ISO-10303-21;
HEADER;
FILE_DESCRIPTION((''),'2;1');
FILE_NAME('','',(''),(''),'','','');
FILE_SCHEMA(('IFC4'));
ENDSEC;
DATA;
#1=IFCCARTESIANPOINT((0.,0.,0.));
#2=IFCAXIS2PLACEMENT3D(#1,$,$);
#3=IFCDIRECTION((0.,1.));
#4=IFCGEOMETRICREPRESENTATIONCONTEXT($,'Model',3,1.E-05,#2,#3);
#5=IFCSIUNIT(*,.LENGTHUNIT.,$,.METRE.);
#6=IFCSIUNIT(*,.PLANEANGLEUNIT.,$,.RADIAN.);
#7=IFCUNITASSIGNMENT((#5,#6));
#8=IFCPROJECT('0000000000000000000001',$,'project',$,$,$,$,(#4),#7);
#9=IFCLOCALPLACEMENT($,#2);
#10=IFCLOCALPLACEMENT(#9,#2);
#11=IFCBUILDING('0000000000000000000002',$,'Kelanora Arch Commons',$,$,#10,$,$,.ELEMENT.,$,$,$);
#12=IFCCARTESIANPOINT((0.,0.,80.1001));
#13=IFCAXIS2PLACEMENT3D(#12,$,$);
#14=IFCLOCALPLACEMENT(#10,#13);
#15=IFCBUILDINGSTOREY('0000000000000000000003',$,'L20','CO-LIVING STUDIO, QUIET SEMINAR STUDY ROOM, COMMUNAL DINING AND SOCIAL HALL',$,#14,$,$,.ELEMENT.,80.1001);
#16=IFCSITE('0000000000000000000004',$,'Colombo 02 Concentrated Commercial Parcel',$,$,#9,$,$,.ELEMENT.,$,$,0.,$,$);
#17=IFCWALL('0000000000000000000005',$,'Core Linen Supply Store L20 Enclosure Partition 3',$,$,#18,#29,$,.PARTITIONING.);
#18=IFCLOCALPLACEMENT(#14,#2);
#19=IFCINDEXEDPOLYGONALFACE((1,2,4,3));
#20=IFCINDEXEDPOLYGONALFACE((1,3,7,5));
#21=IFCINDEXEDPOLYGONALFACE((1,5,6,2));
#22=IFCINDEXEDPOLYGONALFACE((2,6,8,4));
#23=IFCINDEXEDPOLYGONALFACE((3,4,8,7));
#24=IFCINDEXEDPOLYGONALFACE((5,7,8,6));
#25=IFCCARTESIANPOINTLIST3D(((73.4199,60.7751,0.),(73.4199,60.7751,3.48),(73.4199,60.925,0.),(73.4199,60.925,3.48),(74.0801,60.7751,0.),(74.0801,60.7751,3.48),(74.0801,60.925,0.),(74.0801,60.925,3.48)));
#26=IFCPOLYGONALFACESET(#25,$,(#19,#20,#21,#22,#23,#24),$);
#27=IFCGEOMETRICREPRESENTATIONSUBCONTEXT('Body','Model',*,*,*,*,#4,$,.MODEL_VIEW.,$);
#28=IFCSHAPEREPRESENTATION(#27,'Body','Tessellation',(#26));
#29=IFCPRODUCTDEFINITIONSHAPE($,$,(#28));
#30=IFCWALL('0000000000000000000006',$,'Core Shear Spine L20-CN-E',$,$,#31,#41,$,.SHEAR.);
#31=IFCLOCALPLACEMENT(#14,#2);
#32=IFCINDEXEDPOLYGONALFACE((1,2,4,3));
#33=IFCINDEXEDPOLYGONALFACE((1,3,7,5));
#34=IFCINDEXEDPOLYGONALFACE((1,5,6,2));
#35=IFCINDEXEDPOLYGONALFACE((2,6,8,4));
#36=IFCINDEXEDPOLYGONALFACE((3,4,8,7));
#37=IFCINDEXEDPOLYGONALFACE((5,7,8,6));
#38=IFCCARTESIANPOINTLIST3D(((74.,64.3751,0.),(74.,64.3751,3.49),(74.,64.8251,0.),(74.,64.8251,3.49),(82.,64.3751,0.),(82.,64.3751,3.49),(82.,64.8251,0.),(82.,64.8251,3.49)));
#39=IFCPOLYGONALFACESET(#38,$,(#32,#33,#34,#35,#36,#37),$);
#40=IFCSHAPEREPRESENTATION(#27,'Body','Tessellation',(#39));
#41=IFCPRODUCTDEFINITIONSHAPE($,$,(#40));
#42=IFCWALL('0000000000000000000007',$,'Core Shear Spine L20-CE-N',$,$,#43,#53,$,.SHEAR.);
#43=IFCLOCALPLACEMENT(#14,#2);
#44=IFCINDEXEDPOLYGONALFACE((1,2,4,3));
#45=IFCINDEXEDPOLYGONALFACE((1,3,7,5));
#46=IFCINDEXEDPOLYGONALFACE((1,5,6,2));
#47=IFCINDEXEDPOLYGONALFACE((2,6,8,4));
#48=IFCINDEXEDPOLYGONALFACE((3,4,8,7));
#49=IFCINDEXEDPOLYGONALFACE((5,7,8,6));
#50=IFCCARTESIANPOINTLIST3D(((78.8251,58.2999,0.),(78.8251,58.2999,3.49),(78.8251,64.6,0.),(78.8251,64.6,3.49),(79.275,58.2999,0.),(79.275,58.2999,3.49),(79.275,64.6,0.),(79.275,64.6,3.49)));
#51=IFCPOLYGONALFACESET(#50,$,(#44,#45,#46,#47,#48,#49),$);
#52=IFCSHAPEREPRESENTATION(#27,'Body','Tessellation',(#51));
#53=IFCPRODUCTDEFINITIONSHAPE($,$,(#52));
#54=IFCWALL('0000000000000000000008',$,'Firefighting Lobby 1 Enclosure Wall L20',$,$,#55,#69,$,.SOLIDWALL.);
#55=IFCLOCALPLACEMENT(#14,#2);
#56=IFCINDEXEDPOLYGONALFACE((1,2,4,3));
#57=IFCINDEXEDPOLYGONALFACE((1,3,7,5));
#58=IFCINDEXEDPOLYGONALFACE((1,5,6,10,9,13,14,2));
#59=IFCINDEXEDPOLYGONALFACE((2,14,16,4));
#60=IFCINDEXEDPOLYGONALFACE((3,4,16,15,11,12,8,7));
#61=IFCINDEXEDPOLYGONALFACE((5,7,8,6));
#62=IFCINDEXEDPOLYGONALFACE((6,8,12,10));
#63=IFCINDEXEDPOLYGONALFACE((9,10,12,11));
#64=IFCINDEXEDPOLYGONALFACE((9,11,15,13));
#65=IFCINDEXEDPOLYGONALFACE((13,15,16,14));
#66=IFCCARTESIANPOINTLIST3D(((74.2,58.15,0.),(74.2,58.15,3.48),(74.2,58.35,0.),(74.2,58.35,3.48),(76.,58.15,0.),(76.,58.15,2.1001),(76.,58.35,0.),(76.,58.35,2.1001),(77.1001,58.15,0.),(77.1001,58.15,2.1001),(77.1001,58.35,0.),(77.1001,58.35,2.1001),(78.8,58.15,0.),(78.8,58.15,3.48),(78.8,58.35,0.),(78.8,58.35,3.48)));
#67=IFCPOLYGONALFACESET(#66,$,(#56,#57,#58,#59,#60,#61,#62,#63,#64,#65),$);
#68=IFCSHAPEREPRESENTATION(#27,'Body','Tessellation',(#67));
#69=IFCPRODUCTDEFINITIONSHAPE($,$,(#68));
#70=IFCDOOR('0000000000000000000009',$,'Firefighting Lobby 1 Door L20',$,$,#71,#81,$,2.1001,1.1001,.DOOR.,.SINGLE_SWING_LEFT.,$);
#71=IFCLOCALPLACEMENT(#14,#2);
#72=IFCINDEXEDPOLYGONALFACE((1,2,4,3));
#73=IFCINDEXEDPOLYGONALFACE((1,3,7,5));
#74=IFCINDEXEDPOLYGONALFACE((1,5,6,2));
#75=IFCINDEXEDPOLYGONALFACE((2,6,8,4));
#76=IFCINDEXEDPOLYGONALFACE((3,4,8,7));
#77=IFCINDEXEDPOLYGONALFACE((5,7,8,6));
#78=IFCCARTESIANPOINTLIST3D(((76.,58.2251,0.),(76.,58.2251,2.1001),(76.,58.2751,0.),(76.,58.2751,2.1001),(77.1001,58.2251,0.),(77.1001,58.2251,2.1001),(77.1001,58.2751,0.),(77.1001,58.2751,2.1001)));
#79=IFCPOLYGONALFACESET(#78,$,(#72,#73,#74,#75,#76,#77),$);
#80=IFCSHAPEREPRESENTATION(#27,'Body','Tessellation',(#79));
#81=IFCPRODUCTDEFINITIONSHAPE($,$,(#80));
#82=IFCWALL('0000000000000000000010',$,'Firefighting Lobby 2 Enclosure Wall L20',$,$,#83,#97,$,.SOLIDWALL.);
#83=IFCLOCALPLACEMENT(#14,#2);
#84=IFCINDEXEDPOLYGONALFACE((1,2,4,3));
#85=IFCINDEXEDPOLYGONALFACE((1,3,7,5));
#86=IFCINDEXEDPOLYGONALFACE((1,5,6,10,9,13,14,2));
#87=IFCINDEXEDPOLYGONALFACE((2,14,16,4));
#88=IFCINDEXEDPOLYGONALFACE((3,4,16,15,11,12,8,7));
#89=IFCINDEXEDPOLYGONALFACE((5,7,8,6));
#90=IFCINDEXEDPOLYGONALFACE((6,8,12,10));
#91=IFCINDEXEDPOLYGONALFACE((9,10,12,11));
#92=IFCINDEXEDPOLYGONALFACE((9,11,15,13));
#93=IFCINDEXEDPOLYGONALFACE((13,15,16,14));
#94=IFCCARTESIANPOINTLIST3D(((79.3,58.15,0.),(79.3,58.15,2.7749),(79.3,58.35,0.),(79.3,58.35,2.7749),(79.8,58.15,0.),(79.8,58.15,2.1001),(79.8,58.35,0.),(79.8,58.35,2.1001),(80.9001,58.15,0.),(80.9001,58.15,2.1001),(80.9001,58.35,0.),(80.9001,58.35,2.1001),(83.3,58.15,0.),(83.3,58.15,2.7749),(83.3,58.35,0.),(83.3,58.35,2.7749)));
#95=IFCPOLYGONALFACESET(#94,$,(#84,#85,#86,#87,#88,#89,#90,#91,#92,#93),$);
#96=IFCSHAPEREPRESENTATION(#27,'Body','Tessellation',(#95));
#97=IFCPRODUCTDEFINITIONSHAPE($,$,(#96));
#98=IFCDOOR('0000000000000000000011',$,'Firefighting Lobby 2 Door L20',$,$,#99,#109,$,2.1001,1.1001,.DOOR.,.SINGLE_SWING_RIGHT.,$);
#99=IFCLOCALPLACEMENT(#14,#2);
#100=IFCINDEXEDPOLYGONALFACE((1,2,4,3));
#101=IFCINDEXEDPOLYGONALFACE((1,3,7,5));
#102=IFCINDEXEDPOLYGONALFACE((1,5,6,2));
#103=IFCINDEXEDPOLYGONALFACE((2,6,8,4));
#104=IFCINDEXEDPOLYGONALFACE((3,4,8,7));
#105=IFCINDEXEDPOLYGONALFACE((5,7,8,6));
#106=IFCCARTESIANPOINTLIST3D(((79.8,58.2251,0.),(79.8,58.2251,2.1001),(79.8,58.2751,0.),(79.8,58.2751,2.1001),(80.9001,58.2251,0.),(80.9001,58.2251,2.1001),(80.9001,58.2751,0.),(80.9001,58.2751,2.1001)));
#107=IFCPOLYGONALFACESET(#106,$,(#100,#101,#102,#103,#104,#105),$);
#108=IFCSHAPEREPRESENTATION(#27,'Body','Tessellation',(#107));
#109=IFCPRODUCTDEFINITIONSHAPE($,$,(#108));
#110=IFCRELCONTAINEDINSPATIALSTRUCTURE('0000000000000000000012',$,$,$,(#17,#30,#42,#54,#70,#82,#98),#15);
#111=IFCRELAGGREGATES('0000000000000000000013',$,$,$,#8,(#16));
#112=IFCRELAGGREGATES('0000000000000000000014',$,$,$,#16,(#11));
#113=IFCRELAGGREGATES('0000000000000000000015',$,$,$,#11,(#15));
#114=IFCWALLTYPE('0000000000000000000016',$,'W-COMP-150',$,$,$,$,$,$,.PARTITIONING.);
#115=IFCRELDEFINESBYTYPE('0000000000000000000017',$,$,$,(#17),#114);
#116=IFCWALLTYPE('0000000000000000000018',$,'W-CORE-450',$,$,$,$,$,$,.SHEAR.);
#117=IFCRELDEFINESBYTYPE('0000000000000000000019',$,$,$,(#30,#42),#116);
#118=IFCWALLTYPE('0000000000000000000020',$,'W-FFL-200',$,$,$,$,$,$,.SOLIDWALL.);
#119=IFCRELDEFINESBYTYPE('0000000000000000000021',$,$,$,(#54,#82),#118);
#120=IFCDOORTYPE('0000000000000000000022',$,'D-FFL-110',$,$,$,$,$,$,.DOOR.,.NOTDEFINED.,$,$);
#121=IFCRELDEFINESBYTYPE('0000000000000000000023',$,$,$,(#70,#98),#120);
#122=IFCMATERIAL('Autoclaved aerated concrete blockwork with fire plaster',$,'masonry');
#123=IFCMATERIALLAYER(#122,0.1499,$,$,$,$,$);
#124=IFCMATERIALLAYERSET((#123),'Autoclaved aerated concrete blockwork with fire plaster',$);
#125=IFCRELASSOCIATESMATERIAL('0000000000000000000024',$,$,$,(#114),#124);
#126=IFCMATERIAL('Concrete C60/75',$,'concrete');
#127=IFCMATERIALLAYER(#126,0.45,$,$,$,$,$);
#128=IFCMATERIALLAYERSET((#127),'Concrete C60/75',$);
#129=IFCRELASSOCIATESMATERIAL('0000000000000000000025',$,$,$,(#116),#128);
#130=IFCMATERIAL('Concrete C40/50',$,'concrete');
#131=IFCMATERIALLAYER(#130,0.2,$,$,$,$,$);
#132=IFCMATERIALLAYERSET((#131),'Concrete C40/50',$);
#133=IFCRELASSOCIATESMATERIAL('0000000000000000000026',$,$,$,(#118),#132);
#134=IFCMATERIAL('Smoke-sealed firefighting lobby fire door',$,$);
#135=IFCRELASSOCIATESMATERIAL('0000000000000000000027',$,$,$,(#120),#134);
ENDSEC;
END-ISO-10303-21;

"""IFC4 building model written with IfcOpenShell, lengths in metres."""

from ifc_helpers import new_model, si_unit, direction, frame, frame_2d, origin, place, context, subcontext, project, spatial, rectangle, extrude, material, layer, layer_set, type_object, element, fill, save


model = new_model("IFC4")

# Units and contexts
model_context = context("Model", 3, precision=1e-05, world=origin(), true_north=direction((0.0, 1.0)))
body_context = subcontext(model_context, "Body", "Model", "MODEL_VIEW")
ifc_project = project(units=[si_unit("LENGTHUNIT", "METRE"), si_unit("PLANEANGLEUNIT", "RADIAN")], contexts=[model_context])

# Site, building, storey
site_placement = place(None, origin())
site = spatial("IfcSite", under=ifc_project, at=site_placement, Name="Colombo 02 Concentrated Commercial Parcel", CompositionType="ELEMENT", RefElevation=0.0)
building_placement = place(site_placement, origin())
building = spatial("IfcBuilding", under=site, at=building_placement, Name="Kelanora Arch Commons", CompositionType="ELEMENT")
storey_placement = place(building_placement, frame((0.0, 0.0, 80.1001)))
storey = spatial("IfcBuildingStorey", under=building, at=storey_placement, Name="L20", Description="CO-LIVING STUDIO, QUIET SEMINAR STUDY ROOM, COMMUNAL DINING AND SOCIAL HALL", CompositionType="ELEMENT", Elevation=80.1001)

# Shared definitions
ifc_material_1 = material(Name="Concrete C60/75", Category="concrete")

# Shared definitions
ifc_material_2 = material(Name="Autoclaved aerated concrete blockwork with fire plaster", Category="masonry")
ifc_layer_1 = layer(ifc_material_2, 0.1499)
ifc_layer_set_1 = layer_set([ifc_layer_1], Name="Autoclaved aerated concrete blockwork with fire plaster")
wall_type_1 = type_object("IfcWallType", Name="W-COMP-150", PredefinedType="PARTITIONING", material=ifc_layer_set_1)

# Walls
wall_1_placement = place(storey_placement, frame((74.0801, 60.8501, 0.0), z_axis=(0.0, 0.0, 1.0), x_axis=(-1.0, 0.0, 0.0)))
element("IfcWall", 1, at=wall_1_placement, inside=storey, type_object=wall_type_1, Name="Core Linen Supply Store L20 Enclosure Partition 3", PredefinedType="PARTITIONING", context=body_context, shape_type="SweptSolid", body=[
    extrude(rectangle(XDim=0.6602, YDim=0.1499, at=frame_2d((0.3301, 0.0))), origin(), (0.0, 0.0, 1.0), 3.48),
])
ifc_layer_2 = layer(ifc_material_1, 0.45)
ifc_layer_set_2 = layer_set([ifc_layer_2], Name="Concrete C60/75")
wall_type_2 = type_object("IfcWallType", Name="W-CORE-450", PredefinedType="SHEAR", material=ifc_layer_set_2)
wall_2_placement = place(storey_placement, frame((74.0, 64.6001, 0.0), z_axis=(0.0, 0.0, 1.0), x_axis=(1.0, 0.0, 0.0)))
element("IfcWall", 2, at=wall_2_placement, inside=storey, type_object=wall_type_2, Name="Core Shear Spine L20-CN-E", PredefinedType="SHEAR", context=body_context, shape_type="SweptSolid", body=[
    extrude(rectangle(XDim=8.0, YDim=0.45, at=frame_2d((4.0, 0.0))), origin(), (0.0, 0.0, 1.0), 3.49),
])
wall_3_placement = place(storey_placement, frame((79.05, 58.3, 0.0), z_axis=(0.0, 0.0, 1.0), x_axis=(0.0, 1.0, 0.0)))
element("IfcWall", 3, at=wall_3_placement, inside=storey, type_object=wall_type_2, Name="Core Shear Spine L20-CE-N", PredefinedType="SHEAR", context=body_context, shape_type="SweptSolid", body=[
    extrude(rectangle(XDim=6.3, YDim=0.45, at=frame_2d((3.1499, 0.0))), origin(), (0.0, 0.0, 1.0), 3.49),
])

# Walls, openings, doors
ifc_material_3 = material(Name="Concrete C40/50", Category="concrete")
ifc_layer_3 = layer(ifc_material_3, 0.2)
ifc_layer_set_3 = layer_set([ifc_layer_3], Name="Concrete C40/50")
wall_type_3 = type_object("IfcWallType", Name="W-FFL-200", PredefinedType="SOLIDWALL", material=ifc_layer_set_3)
wall_4_placement = place(storey_placement, frame((74.2, 58.25, 0.0), z_axis=(0.0, 0.0, 1.0), x_axis=(1.0, 0.0, 0.0)))
wall_4 = element("IfcWall", 4, at=wall_4_placement, inside=storey, type_object=wall_type_3, Name="Firefighting Lobby 1 Enclosure Wall L20", PredefinedType="SOLIDWALL", context=body_context, shape_type="SweptSolid", body=[
    extrude(rectangle(XDim=4.6001, YDim=0.2, at=frame_2d((2.3, 0.0))), origin(), (0.0, 0.0, 1.0), 3.48),
])
opening_1_placement = place(wall_4_placement, frame((1.8, 0.0, 0.0)))
opening_1 = element("IfcOpeningElement", 5, at=opening_1_placement, cuts=wall_4, PredefinedType="OPENING", context=body_context, shape_type="SweptSolid", body=[
    extrude(rectangle(XDim=1.1001, YDim=2.1001, at=frame_2d((0.55, 1.05))), frame((0.0, 0.1099, 0.0), z_axis=(0.0, -1.0, 0.0), x_axis=(1.0, 0.0, 0.0)), (0.0, 0.0, 1.0), 0.22),
])
ifc_material_4 = material(Name="Smoke-sealed firefighting lobby fire door")
door_type_1 = type_object("IfcDoorType", Name="D-FFL-110", OperationType="NOTDEFINED", PredefinedType="DOOR", material=ifc_material_4)
door_1_placement = place(opening_1_placement, frame((1.1001, 0.0, 0.0), z_axis=(0.0, 0.0, 1.0), x_axis=(-1.0, 0.0, 0.0)))
door_1 = element("IfcDoor", 6, at=door_1_placement, inside=storey, type_object=door_type_1, Name="Firefighting Lobby 1 Door L20", OperationType="SINGLE_SWING_LEFT", OverallHeight=2.1001, OverallWidth=1.1001, PredefinedType="DOOR", context=body_context, shape_type="SweptSolid", body=[
    extrude(rectangle(XDim=1.1001, YDim=2.1001, at=frame_2d((0.55, 1.05))), frame((0.0, 0.0249, 0.0), z_axis=(0.0, -1.0, 0.0), x_axis=(1.0, 0.0, 0.0)), (0.0, 0.0, 1.0), 0.05),
])
fill(opening_1, door_1)
wall_5_placement = place(storey_placement, frame((79.3, 58.25, 0.0), z_axis=(0.0, 0.0, 1.0), x_axis=(1.0, 0.0, 0.0)))
wall_5 = element("IfcWall", 7, at=wall_5_placement, inside=storey, type_object=wall_type_3, Name="Firefighting Lobby 2 Enclosure Wall L20", PredefinedType="SOLIDWALL", context=body_context, shape_type="SweptSolid", body=[
    extrude(rectangle(XDim=4.0, YDim=0.2, at=frame_2d((2.0, 0.0))), origin(), (0.0, 0.0, 1.0), 2.7749),
])
opening_2_placement = place(wall_5_placement, frame((0.5, 0.0, 0.0)))
opening_2 = element("IfcOpeningElement", 8, at=opening_2_placement, cuts=wall_5, PredefinedType="OPENING", context=body_context, shape_type="SweptSolid", body=[
    extrude(rectangle(XDim=1.1001, YDim=2.1001, at=frame_2d((0.55, 1.05))), frame((0.0, 0.1099, 0.0), z_axis=(0.0, -1.0, 0.0), x_axis=(1.0, 0.0, 0.0)), (0.0, 0.0, 1.0), 0.22),
])
door_2_placement = place(opening_2_placement, frame((1.1001, 0.0, 0.0), z_axis=(0.0, 0.0, 1.0), x_axis=(-1.0, 0.0, 0.0)))
door_2 = element("IfcDoor", 9, at=door_2_placement, inside=storey, type_object=door_type_1, Name="Firefighting Lobby 2 Door L20", OperationType="SINGLE_SWING_RIGHT", OverallHeight=2.1001, OverallWidth=1.1001, PredefinedType="DOOR", context=body_context, shape_type="SweptSolid", body=[
    extrude(rectangle(XDim=1.1001, YDim=2.1001, at=frame_2d((0.55, 1.05))), frame((0.0, 0.0249, 0.0), z_axis=(0.0, -1.0, 0.0), x_axis=(1.0, 0.0, 0.0)), (0.0, 0.0, 1.0), 0.05),
])
fill(opening_2, door_2)

save(model, "model.ifc")
